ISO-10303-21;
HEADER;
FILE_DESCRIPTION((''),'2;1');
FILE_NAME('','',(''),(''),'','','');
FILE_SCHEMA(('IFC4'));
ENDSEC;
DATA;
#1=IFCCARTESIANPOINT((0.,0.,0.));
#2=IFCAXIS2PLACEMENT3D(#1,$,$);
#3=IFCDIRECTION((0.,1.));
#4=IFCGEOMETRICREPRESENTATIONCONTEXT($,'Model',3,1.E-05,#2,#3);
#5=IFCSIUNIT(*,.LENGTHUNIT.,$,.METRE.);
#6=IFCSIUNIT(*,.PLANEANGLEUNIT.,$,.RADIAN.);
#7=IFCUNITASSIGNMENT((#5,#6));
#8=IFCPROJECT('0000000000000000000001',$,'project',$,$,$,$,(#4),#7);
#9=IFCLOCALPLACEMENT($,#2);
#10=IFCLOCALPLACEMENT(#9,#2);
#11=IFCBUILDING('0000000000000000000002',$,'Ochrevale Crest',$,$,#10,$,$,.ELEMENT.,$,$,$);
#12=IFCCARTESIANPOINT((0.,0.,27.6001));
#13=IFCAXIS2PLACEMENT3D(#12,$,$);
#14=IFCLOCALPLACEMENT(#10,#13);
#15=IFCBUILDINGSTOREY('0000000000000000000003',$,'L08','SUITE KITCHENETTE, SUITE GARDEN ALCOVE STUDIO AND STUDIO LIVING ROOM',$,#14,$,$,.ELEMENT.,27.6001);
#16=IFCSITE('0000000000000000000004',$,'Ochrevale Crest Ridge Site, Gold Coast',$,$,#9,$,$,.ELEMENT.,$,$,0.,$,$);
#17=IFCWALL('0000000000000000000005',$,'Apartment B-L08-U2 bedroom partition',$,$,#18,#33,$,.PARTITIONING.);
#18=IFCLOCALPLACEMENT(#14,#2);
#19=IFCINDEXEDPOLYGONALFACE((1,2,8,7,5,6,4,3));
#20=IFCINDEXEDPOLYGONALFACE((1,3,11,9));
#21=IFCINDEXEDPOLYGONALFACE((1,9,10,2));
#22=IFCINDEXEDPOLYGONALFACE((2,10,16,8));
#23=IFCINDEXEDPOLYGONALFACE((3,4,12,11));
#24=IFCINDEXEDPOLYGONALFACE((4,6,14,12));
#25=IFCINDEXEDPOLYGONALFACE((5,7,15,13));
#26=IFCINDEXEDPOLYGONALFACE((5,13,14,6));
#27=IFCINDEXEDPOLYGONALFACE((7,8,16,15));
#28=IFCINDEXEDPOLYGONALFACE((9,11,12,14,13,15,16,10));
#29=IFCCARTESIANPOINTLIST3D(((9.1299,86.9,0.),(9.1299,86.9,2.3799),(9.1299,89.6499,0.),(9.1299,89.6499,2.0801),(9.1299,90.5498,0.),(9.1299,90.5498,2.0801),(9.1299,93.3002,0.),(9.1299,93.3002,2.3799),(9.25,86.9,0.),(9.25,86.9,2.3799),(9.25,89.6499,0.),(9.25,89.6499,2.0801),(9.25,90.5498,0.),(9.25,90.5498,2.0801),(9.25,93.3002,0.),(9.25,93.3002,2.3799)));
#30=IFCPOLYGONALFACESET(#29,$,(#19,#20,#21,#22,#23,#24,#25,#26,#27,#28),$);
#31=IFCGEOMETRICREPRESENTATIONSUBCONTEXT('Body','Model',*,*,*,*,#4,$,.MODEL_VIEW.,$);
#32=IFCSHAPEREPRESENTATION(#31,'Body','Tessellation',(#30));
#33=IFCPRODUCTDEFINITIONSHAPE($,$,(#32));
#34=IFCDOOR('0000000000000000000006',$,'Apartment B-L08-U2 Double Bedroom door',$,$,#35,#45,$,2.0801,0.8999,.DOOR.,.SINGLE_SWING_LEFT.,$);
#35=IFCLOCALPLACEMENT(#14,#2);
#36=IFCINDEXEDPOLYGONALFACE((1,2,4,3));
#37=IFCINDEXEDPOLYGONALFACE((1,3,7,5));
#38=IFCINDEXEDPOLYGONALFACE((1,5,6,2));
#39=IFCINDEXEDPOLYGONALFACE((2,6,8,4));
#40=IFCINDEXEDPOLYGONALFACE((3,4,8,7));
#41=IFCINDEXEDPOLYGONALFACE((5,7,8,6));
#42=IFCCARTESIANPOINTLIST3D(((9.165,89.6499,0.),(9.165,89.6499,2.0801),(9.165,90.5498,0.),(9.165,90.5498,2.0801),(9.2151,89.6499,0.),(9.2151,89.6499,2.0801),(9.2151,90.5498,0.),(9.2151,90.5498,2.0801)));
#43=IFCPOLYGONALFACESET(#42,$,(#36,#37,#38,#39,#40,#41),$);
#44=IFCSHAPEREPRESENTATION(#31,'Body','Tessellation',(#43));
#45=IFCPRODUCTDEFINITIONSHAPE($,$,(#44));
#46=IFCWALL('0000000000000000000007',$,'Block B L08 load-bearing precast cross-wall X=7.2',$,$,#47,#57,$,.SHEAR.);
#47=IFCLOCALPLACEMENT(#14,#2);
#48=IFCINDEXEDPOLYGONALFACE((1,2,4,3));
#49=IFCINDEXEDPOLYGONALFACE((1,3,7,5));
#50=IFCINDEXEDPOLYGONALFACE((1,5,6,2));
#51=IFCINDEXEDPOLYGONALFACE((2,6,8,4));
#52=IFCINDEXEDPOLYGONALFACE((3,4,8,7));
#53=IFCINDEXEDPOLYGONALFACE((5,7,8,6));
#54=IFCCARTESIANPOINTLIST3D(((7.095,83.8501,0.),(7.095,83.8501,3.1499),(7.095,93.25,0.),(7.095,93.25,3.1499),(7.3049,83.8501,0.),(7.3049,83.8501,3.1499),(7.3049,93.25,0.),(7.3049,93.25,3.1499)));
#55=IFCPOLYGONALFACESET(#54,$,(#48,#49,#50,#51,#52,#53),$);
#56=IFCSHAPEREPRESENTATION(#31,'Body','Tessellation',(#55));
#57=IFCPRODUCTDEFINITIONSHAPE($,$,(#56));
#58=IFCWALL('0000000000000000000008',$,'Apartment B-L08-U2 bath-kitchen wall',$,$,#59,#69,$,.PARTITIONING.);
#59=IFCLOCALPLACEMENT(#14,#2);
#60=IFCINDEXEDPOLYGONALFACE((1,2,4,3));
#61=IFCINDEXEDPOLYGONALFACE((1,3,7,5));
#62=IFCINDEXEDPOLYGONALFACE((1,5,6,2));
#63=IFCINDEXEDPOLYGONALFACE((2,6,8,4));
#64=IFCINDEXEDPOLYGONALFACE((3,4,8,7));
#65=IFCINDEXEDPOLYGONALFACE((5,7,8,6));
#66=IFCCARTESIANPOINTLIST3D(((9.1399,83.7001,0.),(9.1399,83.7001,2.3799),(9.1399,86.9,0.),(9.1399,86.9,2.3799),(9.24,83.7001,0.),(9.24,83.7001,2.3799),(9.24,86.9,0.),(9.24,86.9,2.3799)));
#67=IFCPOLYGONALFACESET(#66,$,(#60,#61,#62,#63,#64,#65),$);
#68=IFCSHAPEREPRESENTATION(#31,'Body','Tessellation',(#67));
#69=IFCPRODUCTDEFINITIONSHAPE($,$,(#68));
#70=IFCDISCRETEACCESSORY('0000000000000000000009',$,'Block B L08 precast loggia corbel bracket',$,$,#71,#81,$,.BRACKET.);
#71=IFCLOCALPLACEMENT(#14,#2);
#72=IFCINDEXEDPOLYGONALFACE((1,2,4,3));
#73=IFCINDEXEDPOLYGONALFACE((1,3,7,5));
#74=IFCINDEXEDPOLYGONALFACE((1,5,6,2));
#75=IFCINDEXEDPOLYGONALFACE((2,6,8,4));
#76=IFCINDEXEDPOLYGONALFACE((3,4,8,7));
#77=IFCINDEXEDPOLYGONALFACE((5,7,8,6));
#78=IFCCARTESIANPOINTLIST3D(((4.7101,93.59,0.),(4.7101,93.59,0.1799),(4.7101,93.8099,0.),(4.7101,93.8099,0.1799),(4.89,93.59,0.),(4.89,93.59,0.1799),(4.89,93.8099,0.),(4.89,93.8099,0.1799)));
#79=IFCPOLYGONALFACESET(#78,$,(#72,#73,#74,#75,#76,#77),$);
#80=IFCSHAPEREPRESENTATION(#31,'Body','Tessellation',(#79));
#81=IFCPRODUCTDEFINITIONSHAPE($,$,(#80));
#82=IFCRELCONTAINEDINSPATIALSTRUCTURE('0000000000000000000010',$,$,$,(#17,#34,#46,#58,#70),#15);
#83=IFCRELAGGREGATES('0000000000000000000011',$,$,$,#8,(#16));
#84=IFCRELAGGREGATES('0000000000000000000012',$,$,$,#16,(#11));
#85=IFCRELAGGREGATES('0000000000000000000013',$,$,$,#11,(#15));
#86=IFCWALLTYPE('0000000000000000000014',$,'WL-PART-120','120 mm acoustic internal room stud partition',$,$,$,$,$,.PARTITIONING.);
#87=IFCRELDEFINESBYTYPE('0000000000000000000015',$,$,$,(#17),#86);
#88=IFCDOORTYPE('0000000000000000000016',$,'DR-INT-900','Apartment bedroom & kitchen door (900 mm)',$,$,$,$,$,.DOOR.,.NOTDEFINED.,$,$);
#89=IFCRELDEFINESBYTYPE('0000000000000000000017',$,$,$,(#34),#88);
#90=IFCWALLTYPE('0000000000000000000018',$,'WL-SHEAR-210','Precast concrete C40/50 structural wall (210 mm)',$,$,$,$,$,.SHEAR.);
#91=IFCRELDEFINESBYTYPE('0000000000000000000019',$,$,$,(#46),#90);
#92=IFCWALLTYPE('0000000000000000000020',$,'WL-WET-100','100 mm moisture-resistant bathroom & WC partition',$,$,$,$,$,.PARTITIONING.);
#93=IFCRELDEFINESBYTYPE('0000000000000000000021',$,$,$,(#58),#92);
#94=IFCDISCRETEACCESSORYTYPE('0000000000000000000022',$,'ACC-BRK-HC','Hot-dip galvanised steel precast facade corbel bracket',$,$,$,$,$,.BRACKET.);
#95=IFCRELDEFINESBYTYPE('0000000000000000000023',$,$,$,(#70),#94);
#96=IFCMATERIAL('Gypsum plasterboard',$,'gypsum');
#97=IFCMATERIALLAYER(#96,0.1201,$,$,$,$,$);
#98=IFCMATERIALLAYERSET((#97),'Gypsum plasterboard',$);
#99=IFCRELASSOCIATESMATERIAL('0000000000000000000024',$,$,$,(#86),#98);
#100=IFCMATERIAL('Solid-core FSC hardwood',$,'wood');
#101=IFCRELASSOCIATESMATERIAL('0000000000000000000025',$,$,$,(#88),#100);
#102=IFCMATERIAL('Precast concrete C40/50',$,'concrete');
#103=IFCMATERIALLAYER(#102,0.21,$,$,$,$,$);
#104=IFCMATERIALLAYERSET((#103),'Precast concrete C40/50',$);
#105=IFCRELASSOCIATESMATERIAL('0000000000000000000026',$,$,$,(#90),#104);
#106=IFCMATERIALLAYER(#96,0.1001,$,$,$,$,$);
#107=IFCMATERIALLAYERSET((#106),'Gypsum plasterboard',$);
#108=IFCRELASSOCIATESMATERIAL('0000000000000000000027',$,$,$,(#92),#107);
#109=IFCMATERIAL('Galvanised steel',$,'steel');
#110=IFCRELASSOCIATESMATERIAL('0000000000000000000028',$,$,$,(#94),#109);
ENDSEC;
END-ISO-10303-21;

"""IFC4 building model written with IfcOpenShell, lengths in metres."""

from ifc_helpers import new_model, si_unit, direction, frame, frame_2d, origin, origin_2d, place, context, subcontext, project, spatial, rectangle, extrude, material, layer, layer_set, type_object, element, fill, save


model = new_model("IFC4")

# Units and contexts
model_context = context("Model", 3, precision=1e-05, world=origin(), true_north=direction((0.0, 1.0)))
body_context = subcontext(model_context, "Body", "Model", "MODEL_VIEW")
ifc_project = project(units=[si_unit("LENGTHUNIT", "METRE"), si_unit("PLANEANGLEUNIT", "RADIAN")], contexts=[model_context])

# Site, building, storey
site_placement = place(None, origin())
site = spatial("IfcSite", under=ifc_project, at=site_placement, Name="Ochrevale Crest Ridge Site, Gold Coast", CompositionType="ELEMENT", RefElevation=0.0)
building_placement = place(site_placement, origin())
building = spatial("IfcBuilding", under=site, at=building_placement, Name="Ochrevale Crest", CompositionType="ELEMENT")
storey_placement = place(building_placement, frame((0.0, 0.0, 27.6001)))
storey = spatial("IfcBuildingStorey", under=building, at=storey_placement, Name="L08", Description="SUITE KITCHENETTE, SUITE GARDEN ALCOVE STUDIO AND STUDIO LIVING ROOM", CompositionType="ELEMENT", Elevation=27.6001)

# Shared definitions
ifc_material_1 = material(Name="Precast concrete C40/50", Category="concrete")

# Shared definitions
ifc_material_2 = material(Name="Gypsum plasterboard", Category="gypsum")
ifc_material_3 = material(Name="Solid-core FSC hardwood", Category="wood")

# Shared definitions
ifc_layer_1 = layer(ifc_material_2, 0.1201)
ifc_layer_set_1 = layer_set([ifc_layer_1], Name="Gypsum plasterboard")
wall_type_1 = type_object("IfcWallType", Name="WL-PART-120", Description="120 mm acoustic internal room stud partition", PredefinedType="PARTITIONING", material=ifc_layer_set_1)

# Shared definitions
door_type_1 = type_object("IfcDoorType", Name="DR-INT-900", Description="Apartment bedroom & kitchen door (900 mm)", OperationType="NOTDEFINED", PredefinedType="DOOR", material=ifc_material_3)

# Wall, opening, door
wall_1_placement = place(storey_placement, frame((9.1899, 86.8999, 0.0), z_axis=(0.0, 0.0, 1.0), x_axis=(0.0, 1.0, 0.0)))
wall_1 = element("IfcWall", 1, at=wall_1_placement, inside=storey, type_object=wall_type_1, Name="Apartment B-L08-U2 bedroom partition", PredefinedType="PARTITIONING", context=body_context, shape_type="SweptSolid", body=[
    extrude(rectangle(XDim=6.4001, YDim=0.1201, at=frame_2d((3.2002, 0.0))), origin(), (0.0, 0.0, 1.0), 2.3799),
])
opening_1_placement = place(wall_1_placement, frame((2.75, 0.0, 0.0)))
opening_1 = element("IfcOpeningElement", 2, at=opening_1_placement, cuts=wall_1, PredefinedType="OPENING", context=body_context, shape_type="SweptSolid", body=[
    extrude(rectangle(XDim=0.8999, YDim=2.0801, at=frame_2d((0.45, 1.04))), frame((0.0, 0.0701, 0.0), z_axis=(0.0, -1.0, 0.0), x_axis=(1.0, 0.0, 0.0)), (0.0, 0.0, 1.0), 0.1401),
])
door_1_placement = place(opening_1_placement, origin())
door_1 = element("IfcDoor", 3, at=door_1_placement, inside=storey, type_object=door_type_1, Name="Apartment B-L08-U2 Double Bedroom door", OperationType="SINGLE_SWING_LEFT", OverallHeight=2.0801, OverallWidth=0.8999, PredefinedType="DOOR", context=body_context, shape_type="SweptSolid", body=[
    extrude(rectangle(XDim=0.8999, YDim=2.0801, at=frame_2d((0.45, 1.04))), frame((0.0, 0.0249, 0.0), z_axis=(0.0, -1.0, 0.0), x_axis=(1.0, 0.0, 0.0)), (0.0, 0.0, 1.0), 0.05),
])
fill(opening_1, door_1)

# Walls
ifc_layer_2 = layer(ifc_material_1, 0.21)
ifc_layer_set_2 = layer_set([ifc_layer_2], Name="Precast concrete C40/50")
wall_type_2 = type_object("IfcWallType", Name="WL-SHEAR-210", Description="Precast concrete C40/50 structural wall (210 mm)", PredefinedType="SHEAR", material=ifc_layer_set_2)
wall_2_placement = place(storey_placement, frame((7.2, 83.8501, 0.0), z_axis=(0.0, 0.0, 1.0), x_axis=(0.0, 1.0, 0.0)))
element("IfcWall", 4, at=wall_2_placement, inside=storey, type_object=wall_type_2, Name="Block B L08 load-bearing precast cross-wall X=7.2", PredefinedType="SHEAR", context=body_context, shape_type="SweptSolid", body=[
    extrude(rectangle(XDim=9.3999, YDim=0.21, at=frame_2d((4.7, 0.0))), origin(), (0.0, 0.0, 1.0), 3.1499),
])
ifc_layer_3 = layer(ifc_material_2, 0.1001)
ifc_layer_set_3 = layer_set([ifc_layer_3], Name="Gypsum plasterboard")
wall_type_3 = type_object("IfcWallType", Name="WL-WET-100", Description="100 mm moisture-resistant bathroom & WC partition", PredefinedType="PARTITIONING", material=ifc_layer_set_3)
wall_3_placement = place(storey_placement, frame((9.1899, 83.7, 0.0), z_axis=(0.0, 0.0, 1.0), x_axis=(0.0, 1.0, 0.0)))
element("IfcWall", 5, at=wall_3_placement, inside=storey, type_object=wall_type_3, Name="Apartment B-L08-U2 bath-kitchen wall", PredefinedType="PARTITIONING", context=body_context, shape_type="SweptSolid", body=[
    extrude(rectangle(XDim=3.2, YDim=0.1001, at=frame_2d((1.6001, 0.0))), origin(), (0.0, 0.0, 1.0), 2.3799),
])

# Discrete accessory
ifc_material_4 = material(Name="Galvanised steel", Category="steel")
discrete_accessory_type = type_object("IfcDiscreteAccessoryType", Name="ACC-BRK-HC", Description="Hot-dip galvanised steel precast facade corbel bracket", PredefinedType="BRACKET", material=ifc_material_4)
discrete_accessory_placement = place(storey_placement, frame((4.8, 93.7, 0.0), z_axis=(0.0, 0.0, 1.0), x_axis=(1.0, 0.0, 0.0)))
element("IfcDiscreteAccessory", 6, at=discrete_accessory_placement, inside=storey, type_object=discrete_accessory_type, Name="Block B L08 precast loggia corbel bracket", PredefinedType="BRACKET", context=body_context, shape_type="SweptSolid", body=[
    extrude(rectangle(XDim=0.1799, YDim=0.22, at=origin_2d()), origin(), (0.0, 0.0, 1.0), 0.1799),
])

save(model, "model.ifc")
